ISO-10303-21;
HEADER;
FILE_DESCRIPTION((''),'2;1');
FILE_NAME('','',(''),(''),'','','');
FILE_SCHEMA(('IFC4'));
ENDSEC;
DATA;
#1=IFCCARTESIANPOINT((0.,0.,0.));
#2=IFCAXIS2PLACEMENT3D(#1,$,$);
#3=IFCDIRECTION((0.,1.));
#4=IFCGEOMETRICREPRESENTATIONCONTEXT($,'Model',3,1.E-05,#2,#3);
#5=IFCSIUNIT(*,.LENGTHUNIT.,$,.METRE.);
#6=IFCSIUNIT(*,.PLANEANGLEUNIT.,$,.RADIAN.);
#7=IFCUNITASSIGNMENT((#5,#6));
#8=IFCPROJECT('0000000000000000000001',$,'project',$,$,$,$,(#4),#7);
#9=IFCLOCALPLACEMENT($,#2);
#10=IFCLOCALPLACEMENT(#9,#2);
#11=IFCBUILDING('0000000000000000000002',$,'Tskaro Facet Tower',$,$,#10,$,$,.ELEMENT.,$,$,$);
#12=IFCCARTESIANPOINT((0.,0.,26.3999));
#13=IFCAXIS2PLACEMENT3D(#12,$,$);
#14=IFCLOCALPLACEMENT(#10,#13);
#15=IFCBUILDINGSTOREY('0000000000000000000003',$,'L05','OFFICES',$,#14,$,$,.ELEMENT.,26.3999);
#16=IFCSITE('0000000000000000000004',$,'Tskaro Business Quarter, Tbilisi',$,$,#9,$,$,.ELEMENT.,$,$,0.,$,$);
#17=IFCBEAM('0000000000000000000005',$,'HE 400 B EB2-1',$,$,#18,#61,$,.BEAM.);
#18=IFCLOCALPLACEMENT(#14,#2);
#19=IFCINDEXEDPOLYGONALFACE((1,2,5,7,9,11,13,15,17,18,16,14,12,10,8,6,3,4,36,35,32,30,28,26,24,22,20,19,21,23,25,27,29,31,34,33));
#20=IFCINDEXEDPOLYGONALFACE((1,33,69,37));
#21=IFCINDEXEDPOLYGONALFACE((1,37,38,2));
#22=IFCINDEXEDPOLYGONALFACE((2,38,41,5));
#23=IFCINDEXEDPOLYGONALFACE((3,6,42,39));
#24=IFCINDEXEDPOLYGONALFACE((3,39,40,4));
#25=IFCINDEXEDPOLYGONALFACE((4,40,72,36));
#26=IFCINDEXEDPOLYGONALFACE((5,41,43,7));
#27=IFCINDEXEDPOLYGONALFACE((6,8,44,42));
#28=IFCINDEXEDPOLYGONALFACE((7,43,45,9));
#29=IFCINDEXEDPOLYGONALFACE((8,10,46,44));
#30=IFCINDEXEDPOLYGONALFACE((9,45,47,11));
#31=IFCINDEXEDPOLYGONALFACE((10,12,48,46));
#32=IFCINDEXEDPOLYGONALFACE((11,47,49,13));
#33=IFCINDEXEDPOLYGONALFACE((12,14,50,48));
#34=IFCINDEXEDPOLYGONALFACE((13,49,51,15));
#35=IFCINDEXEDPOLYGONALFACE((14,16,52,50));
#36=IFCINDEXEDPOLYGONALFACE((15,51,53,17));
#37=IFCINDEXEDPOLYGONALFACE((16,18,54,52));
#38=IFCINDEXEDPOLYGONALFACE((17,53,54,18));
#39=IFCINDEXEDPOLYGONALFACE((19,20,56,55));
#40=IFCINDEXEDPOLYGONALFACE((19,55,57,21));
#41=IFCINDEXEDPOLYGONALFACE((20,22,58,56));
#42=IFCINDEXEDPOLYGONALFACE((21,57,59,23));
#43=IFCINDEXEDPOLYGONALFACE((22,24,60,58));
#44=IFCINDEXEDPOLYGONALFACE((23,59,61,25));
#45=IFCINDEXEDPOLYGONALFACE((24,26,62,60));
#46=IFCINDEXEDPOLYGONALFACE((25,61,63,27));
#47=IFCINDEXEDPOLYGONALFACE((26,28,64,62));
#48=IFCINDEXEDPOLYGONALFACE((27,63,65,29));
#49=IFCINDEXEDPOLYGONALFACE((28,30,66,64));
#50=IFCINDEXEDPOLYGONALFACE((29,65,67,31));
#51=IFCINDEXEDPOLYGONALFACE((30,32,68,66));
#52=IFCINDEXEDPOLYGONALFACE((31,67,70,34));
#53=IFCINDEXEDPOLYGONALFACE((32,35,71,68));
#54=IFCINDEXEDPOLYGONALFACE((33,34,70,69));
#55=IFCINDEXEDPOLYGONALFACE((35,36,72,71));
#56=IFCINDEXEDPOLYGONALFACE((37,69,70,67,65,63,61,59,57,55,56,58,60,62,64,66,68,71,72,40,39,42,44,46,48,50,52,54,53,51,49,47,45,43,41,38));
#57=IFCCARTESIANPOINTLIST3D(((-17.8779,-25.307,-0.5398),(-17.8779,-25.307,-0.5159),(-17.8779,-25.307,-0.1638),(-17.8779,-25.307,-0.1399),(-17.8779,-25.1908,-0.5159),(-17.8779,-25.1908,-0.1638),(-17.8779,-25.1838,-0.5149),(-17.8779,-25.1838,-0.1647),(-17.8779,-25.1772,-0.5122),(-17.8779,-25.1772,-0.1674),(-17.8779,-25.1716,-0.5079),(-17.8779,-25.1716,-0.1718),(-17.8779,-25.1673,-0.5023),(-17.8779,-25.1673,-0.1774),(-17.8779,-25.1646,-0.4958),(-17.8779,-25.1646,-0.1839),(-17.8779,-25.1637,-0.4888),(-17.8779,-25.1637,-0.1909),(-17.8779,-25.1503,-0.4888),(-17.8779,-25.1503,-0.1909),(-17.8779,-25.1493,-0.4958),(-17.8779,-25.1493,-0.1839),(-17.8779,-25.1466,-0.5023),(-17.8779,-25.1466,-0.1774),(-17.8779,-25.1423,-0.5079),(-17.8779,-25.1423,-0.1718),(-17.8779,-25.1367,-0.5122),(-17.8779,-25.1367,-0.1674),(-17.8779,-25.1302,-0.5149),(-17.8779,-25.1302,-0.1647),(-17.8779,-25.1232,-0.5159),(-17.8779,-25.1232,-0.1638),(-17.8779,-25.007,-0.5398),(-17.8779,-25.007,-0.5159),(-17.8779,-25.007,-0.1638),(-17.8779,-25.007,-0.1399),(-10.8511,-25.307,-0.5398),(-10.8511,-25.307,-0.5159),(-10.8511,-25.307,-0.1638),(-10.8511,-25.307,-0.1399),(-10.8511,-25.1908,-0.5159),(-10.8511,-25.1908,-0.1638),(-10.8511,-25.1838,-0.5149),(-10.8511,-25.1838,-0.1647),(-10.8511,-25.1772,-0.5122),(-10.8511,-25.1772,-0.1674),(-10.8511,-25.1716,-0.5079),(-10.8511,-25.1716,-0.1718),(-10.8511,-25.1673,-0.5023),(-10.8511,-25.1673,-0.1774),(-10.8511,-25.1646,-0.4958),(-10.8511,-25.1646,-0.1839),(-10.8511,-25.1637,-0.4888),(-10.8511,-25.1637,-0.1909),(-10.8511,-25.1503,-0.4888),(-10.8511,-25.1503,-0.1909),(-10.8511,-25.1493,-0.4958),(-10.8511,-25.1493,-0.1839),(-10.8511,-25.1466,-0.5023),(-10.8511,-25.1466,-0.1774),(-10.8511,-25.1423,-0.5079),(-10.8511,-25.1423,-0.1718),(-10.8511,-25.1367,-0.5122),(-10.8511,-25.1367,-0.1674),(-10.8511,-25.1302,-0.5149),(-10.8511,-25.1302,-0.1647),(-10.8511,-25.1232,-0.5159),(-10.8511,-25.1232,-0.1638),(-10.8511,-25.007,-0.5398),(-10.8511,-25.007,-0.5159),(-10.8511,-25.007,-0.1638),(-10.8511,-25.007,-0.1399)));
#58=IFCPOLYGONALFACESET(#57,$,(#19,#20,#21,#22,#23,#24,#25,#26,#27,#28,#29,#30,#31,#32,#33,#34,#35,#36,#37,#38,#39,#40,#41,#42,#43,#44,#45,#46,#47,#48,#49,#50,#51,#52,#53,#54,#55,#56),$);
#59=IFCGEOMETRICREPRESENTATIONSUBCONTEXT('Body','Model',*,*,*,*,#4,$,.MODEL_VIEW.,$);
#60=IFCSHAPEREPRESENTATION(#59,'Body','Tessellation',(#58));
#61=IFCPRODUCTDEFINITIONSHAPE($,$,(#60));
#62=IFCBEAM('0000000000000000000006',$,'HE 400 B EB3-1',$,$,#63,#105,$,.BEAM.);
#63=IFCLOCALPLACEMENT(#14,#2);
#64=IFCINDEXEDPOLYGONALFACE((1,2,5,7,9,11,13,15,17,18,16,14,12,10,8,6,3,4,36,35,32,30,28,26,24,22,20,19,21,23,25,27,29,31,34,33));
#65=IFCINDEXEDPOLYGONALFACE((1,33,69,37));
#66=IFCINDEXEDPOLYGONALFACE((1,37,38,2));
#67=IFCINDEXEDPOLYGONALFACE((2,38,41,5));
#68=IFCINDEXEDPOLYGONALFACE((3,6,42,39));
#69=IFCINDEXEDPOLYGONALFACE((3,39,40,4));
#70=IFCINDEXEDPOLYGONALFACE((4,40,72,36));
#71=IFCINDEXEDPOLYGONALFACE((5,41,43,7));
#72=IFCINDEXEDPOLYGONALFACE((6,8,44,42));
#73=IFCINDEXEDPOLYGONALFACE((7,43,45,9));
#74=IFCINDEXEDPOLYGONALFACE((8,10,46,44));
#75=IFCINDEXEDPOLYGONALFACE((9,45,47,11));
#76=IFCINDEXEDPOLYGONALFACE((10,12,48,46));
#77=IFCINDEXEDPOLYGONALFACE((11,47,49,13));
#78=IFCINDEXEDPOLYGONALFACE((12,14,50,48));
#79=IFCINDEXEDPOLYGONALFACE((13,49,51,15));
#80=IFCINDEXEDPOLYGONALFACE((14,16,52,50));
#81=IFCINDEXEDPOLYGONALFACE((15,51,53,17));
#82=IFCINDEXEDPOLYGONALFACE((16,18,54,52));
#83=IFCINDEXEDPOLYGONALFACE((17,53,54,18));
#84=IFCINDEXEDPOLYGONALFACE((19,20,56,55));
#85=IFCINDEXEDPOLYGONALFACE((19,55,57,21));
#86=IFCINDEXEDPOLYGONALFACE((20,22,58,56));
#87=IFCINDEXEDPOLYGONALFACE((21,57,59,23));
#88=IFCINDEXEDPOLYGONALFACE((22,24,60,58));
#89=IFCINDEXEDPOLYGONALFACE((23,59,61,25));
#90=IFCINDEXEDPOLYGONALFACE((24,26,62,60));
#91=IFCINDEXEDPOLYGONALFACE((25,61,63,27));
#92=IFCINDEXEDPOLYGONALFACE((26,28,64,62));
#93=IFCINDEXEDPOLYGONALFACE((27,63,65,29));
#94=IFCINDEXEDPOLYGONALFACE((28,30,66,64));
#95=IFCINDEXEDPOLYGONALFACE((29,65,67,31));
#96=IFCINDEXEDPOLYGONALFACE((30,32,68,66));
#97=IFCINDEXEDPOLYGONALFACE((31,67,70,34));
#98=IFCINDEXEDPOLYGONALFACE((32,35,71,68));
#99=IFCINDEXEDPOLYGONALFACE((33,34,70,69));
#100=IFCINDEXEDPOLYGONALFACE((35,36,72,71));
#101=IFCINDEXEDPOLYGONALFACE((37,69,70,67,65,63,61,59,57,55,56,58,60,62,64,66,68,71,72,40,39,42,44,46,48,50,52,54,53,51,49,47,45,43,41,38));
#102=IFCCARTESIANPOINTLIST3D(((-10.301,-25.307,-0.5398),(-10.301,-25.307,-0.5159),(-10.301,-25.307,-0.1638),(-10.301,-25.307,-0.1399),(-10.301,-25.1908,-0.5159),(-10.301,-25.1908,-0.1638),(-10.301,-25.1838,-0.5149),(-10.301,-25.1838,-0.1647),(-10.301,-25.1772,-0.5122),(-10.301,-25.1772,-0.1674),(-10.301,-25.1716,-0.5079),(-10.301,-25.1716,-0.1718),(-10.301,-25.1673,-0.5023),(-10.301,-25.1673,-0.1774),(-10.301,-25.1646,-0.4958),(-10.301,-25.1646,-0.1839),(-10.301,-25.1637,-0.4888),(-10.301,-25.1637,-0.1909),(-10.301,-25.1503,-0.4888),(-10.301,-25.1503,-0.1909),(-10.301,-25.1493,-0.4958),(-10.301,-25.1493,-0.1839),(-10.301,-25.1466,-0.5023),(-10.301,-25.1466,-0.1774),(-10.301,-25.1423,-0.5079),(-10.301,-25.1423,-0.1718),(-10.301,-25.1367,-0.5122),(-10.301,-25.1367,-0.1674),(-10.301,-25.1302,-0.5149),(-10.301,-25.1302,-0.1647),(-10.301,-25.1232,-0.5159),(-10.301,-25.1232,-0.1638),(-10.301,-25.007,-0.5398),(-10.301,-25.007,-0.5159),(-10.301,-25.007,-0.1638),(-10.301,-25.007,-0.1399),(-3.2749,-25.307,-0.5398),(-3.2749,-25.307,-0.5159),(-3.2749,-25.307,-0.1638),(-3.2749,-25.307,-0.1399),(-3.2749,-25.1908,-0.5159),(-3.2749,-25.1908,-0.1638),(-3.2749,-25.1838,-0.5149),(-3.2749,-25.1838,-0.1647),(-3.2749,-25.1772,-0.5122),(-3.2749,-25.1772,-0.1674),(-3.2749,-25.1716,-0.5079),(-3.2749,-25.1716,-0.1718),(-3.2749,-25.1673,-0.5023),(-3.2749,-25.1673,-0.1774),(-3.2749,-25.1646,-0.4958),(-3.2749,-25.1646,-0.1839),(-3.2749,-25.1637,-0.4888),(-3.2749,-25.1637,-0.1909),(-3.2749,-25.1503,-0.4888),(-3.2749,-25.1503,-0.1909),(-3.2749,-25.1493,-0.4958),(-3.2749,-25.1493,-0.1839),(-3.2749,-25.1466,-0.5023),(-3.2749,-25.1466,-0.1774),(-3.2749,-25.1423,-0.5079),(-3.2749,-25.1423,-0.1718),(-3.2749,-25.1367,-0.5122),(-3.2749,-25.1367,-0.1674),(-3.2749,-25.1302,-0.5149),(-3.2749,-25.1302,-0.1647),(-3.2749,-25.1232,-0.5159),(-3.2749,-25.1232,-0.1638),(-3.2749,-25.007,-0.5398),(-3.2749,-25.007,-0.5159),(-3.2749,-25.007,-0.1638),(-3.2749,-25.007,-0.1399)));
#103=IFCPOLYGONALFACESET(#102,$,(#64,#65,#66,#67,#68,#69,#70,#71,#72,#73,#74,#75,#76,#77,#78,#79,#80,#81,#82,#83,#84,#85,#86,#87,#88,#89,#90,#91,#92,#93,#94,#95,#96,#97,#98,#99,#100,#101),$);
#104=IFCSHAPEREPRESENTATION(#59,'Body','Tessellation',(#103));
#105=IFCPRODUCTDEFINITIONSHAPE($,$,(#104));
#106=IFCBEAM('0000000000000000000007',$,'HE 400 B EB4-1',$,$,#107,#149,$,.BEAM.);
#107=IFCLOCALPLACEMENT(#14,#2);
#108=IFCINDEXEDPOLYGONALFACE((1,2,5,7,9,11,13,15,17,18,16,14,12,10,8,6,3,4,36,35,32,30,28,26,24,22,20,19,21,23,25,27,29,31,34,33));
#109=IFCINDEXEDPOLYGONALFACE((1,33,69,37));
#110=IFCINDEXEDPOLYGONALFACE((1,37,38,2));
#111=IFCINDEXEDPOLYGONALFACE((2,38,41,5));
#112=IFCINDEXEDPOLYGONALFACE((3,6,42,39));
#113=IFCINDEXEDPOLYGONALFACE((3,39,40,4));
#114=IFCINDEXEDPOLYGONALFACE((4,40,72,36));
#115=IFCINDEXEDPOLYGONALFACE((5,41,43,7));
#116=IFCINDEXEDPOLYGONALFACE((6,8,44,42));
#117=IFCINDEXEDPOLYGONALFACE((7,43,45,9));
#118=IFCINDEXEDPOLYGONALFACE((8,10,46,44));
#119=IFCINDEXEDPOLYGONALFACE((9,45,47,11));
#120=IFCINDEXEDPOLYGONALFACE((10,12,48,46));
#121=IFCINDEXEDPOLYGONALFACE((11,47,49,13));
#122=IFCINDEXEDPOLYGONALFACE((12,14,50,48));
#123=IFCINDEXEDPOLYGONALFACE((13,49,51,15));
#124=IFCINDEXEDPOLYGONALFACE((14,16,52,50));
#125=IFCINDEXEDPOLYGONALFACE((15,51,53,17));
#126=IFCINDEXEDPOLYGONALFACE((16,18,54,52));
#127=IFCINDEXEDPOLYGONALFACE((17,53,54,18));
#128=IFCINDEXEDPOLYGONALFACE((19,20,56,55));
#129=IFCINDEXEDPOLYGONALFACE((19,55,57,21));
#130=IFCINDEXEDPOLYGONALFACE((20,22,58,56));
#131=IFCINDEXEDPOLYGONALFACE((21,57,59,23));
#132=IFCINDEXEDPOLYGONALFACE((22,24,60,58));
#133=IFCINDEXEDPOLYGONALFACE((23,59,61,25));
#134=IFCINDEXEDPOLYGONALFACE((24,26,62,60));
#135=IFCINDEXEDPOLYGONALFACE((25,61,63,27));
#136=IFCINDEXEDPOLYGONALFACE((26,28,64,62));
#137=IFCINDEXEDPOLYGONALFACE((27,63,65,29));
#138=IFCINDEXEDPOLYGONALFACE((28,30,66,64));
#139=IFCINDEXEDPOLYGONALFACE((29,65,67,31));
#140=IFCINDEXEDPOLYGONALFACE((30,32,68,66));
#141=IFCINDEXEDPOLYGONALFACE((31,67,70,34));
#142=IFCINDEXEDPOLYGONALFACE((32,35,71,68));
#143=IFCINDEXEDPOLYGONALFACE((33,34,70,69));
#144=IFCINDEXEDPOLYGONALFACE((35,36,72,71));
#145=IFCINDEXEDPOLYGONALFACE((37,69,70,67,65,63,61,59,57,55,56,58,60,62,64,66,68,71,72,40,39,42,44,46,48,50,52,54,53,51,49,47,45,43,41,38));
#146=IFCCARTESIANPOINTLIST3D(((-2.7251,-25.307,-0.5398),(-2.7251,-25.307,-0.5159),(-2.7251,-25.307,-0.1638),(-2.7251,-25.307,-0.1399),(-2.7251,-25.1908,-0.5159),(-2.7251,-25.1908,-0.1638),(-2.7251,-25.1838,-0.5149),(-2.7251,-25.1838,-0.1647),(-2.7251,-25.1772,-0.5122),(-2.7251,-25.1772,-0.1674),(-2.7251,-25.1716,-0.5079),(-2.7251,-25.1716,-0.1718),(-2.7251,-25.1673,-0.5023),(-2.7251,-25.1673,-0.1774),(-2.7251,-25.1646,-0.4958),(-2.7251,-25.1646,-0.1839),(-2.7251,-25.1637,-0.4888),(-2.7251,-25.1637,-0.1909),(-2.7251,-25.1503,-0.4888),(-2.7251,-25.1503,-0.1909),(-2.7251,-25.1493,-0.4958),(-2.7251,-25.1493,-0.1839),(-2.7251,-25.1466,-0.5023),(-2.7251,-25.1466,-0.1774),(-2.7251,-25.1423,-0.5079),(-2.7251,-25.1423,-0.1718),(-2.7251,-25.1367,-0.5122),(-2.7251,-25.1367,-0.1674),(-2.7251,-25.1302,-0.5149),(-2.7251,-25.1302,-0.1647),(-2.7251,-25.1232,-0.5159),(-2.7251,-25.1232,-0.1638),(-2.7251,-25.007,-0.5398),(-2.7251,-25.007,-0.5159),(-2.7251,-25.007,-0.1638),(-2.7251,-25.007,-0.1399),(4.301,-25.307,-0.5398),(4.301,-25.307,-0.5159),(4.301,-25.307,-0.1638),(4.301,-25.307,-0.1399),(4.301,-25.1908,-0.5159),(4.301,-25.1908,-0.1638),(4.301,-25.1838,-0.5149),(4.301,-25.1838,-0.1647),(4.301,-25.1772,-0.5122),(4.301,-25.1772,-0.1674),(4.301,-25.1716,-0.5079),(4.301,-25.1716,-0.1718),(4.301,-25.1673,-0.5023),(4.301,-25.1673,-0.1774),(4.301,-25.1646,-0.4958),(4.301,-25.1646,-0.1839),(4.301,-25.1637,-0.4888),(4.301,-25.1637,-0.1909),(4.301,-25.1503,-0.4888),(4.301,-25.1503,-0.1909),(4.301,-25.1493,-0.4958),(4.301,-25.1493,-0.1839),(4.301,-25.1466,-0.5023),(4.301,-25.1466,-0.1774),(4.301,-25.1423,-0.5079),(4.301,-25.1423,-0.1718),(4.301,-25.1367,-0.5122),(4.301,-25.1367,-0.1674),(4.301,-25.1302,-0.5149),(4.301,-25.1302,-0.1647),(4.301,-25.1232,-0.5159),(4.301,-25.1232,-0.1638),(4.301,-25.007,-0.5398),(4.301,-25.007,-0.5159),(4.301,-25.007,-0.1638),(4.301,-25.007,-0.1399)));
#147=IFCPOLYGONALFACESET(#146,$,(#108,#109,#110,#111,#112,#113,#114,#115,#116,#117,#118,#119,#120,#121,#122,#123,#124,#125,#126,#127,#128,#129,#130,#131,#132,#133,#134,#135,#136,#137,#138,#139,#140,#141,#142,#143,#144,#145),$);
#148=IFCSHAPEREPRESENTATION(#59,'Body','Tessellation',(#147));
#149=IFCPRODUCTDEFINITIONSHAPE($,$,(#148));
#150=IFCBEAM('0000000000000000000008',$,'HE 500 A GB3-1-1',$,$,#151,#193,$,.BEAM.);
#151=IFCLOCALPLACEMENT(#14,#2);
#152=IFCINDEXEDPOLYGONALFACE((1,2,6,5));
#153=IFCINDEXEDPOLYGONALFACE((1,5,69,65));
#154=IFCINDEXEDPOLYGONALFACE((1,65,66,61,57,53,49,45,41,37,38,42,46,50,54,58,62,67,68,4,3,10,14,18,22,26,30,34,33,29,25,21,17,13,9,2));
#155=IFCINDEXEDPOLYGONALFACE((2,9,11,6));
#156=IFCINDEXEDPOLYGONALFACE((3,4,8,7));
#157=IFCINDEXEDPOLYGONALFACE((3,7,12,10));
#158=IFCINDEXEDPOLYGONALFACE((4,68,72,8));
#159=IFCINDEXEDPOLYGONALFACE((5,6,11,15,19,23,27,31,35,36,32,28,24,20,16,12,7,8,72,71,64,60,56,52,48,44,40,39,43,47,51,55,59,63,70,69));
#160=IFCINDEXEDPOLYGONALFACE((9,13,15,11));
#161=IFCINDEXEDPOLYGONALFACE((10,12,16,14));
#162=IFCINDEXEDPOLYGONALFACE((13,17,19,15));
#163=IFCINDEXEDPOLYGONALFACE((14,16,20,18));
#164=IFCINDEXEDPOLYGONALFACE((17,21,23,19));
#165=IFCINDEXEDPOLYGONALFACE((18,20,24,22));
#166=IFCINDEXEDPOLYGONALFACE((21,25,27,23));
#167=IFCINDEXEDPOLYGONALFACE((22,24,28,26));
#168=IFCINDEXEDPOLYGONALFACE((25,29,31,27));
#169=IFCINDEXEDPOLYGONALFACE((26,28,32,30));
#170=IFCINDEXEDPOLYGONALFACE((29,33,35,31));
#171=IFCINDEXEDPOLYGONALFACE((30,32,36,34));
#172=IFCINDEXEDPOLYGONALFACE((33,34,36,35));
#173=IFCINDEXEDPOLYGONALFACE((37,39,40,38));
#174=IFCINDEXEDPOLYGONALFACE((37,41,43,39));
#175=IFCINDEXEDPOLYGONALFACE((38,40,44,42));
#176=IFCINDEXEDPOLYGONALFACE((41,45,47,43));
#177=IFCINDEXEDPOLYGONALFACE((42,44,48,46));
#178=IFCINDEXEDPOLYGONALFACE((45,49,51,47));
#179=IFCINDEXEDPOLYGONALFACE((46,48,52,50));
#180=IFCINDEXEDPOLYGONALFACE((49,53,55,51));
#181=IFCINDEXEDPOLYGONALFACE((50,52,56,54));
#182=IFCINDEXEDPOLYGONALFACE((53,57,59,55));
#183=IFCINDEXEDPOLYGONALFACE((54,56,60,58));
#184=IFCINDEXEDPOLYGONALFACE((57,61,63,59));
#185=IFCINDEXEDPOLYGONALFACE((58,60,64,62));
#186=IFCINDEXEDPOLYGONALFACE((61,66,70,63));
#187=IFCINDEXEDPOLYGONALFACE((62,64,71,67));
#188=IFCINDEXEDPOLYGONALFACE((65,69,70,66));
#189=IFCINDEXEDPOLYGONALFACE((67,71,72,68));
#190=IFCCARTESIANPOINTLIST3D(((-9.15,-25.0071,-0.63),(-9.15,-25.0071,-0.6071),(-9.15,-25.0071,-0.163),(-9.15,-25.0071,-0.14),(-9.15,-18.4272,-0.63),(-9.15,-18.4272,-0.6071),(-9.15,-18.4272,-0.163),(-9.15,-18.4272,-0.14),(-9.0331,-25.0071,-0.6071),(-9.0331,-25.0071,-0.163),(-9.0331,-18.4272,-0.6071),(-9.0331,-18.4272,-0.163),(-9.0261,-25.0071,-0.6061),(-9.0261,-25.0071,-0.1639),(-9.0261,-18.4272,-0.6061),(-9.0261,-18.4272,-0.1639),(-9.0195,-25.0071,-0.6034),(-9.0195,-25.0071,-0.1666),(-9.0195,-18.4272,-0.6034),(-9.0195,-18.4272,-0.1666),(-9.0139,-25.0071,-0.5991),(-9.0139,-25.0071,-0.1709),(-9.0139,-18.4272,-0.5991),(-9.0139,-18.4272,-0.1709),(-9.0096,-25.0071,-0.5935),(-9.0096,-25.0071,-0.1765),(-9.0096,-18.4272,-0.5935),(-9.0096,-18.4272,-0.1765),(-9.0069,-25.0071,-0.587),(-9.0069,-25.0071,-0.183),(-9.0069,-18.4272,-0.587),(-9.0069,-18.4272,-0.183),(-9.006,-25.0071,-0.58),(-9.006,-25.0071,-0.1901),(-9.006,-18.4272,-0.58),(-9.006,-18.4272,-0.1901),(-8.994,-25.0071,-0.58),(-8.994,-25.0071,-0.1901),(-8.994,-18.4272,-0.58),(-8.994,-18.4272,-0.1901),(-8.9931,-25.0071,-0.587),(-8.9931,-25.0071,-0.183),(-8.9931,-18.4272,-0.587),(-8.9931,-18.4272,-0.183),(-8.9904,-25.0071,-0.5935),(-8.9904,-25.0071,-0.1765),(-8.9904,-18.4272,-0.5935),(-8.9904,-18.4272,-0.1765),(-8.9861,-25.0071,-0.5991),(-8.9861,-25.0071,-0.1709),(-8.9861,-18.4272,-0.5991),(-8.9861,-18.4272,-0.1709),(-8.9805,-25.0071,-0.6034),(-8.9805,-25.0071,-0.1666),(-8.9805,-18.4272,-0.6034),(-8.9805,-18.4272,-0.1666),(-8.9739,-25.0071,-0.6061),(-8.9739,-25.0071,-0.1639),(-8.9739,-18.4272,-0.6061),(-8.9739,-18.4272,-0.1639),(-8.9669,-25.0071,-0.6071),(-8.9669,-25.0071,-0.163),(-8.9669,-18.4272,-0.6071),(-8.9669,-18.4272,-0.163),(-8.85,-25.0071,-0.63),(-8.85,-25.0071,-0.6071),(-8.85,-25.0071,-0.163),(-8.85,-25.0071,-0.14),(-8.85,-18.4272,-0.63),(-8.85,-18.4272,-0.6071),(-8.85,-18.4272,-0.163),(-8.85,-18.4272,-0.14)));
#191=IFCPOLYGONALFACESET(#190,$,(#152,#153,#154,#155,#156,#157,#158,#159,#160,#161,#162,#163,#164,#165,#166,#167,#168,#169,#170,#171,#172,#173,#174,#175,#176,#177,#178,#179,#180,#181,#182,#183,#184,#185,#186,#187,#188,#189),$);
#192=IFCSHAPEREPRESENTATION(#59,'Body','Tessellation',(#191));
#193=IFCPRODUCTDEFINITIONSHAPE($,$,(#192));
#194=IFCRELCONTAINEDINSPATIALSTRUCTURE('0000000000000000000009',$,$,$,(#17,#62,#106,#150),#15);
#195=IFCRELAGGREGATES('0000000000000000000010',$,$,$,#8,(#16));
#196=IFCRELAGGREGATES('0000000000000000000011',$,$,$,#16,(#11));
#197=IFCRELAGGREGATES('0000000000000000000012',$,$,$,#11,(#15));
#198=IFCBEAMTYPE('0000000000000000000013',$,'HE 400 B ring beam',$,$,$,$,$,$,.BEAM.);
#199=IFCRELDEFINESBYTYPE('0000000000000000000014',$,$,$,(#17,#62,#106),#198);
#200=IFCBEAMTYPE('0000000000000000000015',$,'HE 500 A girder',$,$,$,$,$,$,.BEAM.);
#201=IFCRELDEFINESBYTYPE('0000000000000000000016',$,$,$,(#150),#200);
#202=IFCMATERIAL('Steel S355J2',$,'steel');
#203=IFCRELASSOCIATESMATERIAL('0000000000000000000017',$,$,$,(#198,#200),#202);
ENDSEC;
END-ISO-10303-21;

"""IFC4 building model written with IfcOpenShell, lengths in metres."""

from ifc_helpers import new_model, si_unit, direction, frame, origin, origin_2d, place, context, subcontext, project, spatial, i_section, extrude, material, material_profile, profile_set, type_object, element, save


model = new_model("IFC4")

# Units and contexts
model_context = context("Model", 3, precision=1e-05, world=origin(), true_north=direction((0.0, 1.0)))
body_context = subcontext(model_context, "Body", "Model", "MODEL_VIEW")
ifc_project = project(units=[si_unit("LENGTHUNIT", "METRE"), si_unit("PLANEANGLEUNIT", "RADIAN")], contexts=[model_context])

# Site, building, storey
site_placement = place(None, origin())
site = spatial("IfcSite", under=ifc_project, at=site_placement, Name="Tskaro Business Quarter, Tbilisi", CompositionType="ELEMENT", RefElevation=0.0)
building_placement = place(site_placement, origin())
building = spatial("IfcBuilding", under=site, at=building_placement, Name="Tskaro Facet Tower", CompositionType="ELEMENT")
storey_placement = place(building_placement, frame((0.0, 0.0, 26.3999)))
storey = spatial("IfcBuildingStorey", under=building, at=storey_placement, Name="L05", Description="OFFICES", CompositionType="ELEMENT", Elevation=26.3999)

# Beams
ifc_material_1 = material(Name="Steel S355J2", Category="steel")
ifc_material_profile_1 = material_profile(ifc_material_1, i_section(OverallWidth=0.3, OverallDepth=0.3999, WebThickness=0.0134, FlangeThickness=0.0239, FilletRadius=0.0271, at=origin_2d()), Name="HE 400 B")
ifc_profile_set_1 = profile_set([ifc_material_profile_1], Name="Steel S355J2")
beam_type_1 = type_object("IfcBeamType", Name="HE 400 B ring beam", PredefinedType="BEAM", material=ifc_profile_set_1)
beam_1_placement = place(storey_placement, frame((-17.8779, -25.157, -0.3398), z_axis=(1.0, 0.0, 0.0), x_axis=(0.0, 1.0, 0.0)))
element("IfcBeam", 1, at=beam_1_placement, inside=storey, type_object=beam_type_1, Name="HE 400 B EB2-1", PredefinedType="BEAM", context=body_context, shape_type="SweptSolid", body=[
    extrude(i_section(OverallWidth=0.3, OverallDepth=0.3999, WebThickness=0.0134, FlangeThickness=0.0239, FilletRadius=0.0271, at=origin_2d()), origin(), (0.0, 0.0, 1.0), 7.0269),
])
for number, where, z_axis, x_axis, name in (
    (2, (-10.301, -25.157, -0.3398), (1.0, 0.0, 0.0), (0.0, 1.0, 0.0), "HE 400 B EB3-1"),
    (3, (-2.7251, -25.157, -0.3398), (1.0, 0.0, 0.0), (0.0, 1.0, 0.0), "HE 400 B EB4-1"),
):
    element("IfcBeam", number, at=place(storey_placement, frame(where, z_axis=z_axis, x_axis=x_axis)), inside=storey, type_object=beam_type_1, Name=name, PredefinedType="BEAM", context=body_context, shape_type="SweptSolid", body=[
        extrude(i_section(OverallWidth=0.3, OverallDepth=0.3999, WebThickness=0.0134, FlangeThickness=0.0239, FilletRadius=0.0271, at=origin_2d()), origin(), (0.0, 0.0, 1.0), 7.0261),
    ])
ifc_material_profile_2 = material_profile(ifc_material_1, i_section(OverallWidth=0.3, OverallDepth=0.49, WebThickness=0.012, FlangeThickness=0.0229, FilletRadius=0.0271, at=origin_2d()), Name="HE 500 A")
ifc_profile_set_2 = profile_set([ifc_material_profile_2], Name="Steel S355J2")
beam_type_2 = type_object("IfcBeamType", Name="HE 500 A girder", PredefinedType="BEAM", material=ifc_profile_set_2)
beam_2_placement = place(storey_placement, frame((-9.0, -25.0071, -0.385), z_axis=(0.0, 1.0, 0.0), x_axis=(-1.0, 0.0, 0.0)))
element("IfcBeam", 4, at=beam_2_placement, inside=storey, type_object=beam_type_2, Name="HE 500 A GB3-1-1", PredefinedType="BEAM", context=body_context, shape_type="SweptSolid", body=[
    extrude(i_section(OverallWidth=0.3, OverallDepth=0.49, WebThickness=0.012, FlangeThickness=0.0229, FilletRadius=0.0271, at=origin_2d()), origin(), (0.0, 0.0, 1.0), 6.5798),
])

save(model, "model.ifc")
